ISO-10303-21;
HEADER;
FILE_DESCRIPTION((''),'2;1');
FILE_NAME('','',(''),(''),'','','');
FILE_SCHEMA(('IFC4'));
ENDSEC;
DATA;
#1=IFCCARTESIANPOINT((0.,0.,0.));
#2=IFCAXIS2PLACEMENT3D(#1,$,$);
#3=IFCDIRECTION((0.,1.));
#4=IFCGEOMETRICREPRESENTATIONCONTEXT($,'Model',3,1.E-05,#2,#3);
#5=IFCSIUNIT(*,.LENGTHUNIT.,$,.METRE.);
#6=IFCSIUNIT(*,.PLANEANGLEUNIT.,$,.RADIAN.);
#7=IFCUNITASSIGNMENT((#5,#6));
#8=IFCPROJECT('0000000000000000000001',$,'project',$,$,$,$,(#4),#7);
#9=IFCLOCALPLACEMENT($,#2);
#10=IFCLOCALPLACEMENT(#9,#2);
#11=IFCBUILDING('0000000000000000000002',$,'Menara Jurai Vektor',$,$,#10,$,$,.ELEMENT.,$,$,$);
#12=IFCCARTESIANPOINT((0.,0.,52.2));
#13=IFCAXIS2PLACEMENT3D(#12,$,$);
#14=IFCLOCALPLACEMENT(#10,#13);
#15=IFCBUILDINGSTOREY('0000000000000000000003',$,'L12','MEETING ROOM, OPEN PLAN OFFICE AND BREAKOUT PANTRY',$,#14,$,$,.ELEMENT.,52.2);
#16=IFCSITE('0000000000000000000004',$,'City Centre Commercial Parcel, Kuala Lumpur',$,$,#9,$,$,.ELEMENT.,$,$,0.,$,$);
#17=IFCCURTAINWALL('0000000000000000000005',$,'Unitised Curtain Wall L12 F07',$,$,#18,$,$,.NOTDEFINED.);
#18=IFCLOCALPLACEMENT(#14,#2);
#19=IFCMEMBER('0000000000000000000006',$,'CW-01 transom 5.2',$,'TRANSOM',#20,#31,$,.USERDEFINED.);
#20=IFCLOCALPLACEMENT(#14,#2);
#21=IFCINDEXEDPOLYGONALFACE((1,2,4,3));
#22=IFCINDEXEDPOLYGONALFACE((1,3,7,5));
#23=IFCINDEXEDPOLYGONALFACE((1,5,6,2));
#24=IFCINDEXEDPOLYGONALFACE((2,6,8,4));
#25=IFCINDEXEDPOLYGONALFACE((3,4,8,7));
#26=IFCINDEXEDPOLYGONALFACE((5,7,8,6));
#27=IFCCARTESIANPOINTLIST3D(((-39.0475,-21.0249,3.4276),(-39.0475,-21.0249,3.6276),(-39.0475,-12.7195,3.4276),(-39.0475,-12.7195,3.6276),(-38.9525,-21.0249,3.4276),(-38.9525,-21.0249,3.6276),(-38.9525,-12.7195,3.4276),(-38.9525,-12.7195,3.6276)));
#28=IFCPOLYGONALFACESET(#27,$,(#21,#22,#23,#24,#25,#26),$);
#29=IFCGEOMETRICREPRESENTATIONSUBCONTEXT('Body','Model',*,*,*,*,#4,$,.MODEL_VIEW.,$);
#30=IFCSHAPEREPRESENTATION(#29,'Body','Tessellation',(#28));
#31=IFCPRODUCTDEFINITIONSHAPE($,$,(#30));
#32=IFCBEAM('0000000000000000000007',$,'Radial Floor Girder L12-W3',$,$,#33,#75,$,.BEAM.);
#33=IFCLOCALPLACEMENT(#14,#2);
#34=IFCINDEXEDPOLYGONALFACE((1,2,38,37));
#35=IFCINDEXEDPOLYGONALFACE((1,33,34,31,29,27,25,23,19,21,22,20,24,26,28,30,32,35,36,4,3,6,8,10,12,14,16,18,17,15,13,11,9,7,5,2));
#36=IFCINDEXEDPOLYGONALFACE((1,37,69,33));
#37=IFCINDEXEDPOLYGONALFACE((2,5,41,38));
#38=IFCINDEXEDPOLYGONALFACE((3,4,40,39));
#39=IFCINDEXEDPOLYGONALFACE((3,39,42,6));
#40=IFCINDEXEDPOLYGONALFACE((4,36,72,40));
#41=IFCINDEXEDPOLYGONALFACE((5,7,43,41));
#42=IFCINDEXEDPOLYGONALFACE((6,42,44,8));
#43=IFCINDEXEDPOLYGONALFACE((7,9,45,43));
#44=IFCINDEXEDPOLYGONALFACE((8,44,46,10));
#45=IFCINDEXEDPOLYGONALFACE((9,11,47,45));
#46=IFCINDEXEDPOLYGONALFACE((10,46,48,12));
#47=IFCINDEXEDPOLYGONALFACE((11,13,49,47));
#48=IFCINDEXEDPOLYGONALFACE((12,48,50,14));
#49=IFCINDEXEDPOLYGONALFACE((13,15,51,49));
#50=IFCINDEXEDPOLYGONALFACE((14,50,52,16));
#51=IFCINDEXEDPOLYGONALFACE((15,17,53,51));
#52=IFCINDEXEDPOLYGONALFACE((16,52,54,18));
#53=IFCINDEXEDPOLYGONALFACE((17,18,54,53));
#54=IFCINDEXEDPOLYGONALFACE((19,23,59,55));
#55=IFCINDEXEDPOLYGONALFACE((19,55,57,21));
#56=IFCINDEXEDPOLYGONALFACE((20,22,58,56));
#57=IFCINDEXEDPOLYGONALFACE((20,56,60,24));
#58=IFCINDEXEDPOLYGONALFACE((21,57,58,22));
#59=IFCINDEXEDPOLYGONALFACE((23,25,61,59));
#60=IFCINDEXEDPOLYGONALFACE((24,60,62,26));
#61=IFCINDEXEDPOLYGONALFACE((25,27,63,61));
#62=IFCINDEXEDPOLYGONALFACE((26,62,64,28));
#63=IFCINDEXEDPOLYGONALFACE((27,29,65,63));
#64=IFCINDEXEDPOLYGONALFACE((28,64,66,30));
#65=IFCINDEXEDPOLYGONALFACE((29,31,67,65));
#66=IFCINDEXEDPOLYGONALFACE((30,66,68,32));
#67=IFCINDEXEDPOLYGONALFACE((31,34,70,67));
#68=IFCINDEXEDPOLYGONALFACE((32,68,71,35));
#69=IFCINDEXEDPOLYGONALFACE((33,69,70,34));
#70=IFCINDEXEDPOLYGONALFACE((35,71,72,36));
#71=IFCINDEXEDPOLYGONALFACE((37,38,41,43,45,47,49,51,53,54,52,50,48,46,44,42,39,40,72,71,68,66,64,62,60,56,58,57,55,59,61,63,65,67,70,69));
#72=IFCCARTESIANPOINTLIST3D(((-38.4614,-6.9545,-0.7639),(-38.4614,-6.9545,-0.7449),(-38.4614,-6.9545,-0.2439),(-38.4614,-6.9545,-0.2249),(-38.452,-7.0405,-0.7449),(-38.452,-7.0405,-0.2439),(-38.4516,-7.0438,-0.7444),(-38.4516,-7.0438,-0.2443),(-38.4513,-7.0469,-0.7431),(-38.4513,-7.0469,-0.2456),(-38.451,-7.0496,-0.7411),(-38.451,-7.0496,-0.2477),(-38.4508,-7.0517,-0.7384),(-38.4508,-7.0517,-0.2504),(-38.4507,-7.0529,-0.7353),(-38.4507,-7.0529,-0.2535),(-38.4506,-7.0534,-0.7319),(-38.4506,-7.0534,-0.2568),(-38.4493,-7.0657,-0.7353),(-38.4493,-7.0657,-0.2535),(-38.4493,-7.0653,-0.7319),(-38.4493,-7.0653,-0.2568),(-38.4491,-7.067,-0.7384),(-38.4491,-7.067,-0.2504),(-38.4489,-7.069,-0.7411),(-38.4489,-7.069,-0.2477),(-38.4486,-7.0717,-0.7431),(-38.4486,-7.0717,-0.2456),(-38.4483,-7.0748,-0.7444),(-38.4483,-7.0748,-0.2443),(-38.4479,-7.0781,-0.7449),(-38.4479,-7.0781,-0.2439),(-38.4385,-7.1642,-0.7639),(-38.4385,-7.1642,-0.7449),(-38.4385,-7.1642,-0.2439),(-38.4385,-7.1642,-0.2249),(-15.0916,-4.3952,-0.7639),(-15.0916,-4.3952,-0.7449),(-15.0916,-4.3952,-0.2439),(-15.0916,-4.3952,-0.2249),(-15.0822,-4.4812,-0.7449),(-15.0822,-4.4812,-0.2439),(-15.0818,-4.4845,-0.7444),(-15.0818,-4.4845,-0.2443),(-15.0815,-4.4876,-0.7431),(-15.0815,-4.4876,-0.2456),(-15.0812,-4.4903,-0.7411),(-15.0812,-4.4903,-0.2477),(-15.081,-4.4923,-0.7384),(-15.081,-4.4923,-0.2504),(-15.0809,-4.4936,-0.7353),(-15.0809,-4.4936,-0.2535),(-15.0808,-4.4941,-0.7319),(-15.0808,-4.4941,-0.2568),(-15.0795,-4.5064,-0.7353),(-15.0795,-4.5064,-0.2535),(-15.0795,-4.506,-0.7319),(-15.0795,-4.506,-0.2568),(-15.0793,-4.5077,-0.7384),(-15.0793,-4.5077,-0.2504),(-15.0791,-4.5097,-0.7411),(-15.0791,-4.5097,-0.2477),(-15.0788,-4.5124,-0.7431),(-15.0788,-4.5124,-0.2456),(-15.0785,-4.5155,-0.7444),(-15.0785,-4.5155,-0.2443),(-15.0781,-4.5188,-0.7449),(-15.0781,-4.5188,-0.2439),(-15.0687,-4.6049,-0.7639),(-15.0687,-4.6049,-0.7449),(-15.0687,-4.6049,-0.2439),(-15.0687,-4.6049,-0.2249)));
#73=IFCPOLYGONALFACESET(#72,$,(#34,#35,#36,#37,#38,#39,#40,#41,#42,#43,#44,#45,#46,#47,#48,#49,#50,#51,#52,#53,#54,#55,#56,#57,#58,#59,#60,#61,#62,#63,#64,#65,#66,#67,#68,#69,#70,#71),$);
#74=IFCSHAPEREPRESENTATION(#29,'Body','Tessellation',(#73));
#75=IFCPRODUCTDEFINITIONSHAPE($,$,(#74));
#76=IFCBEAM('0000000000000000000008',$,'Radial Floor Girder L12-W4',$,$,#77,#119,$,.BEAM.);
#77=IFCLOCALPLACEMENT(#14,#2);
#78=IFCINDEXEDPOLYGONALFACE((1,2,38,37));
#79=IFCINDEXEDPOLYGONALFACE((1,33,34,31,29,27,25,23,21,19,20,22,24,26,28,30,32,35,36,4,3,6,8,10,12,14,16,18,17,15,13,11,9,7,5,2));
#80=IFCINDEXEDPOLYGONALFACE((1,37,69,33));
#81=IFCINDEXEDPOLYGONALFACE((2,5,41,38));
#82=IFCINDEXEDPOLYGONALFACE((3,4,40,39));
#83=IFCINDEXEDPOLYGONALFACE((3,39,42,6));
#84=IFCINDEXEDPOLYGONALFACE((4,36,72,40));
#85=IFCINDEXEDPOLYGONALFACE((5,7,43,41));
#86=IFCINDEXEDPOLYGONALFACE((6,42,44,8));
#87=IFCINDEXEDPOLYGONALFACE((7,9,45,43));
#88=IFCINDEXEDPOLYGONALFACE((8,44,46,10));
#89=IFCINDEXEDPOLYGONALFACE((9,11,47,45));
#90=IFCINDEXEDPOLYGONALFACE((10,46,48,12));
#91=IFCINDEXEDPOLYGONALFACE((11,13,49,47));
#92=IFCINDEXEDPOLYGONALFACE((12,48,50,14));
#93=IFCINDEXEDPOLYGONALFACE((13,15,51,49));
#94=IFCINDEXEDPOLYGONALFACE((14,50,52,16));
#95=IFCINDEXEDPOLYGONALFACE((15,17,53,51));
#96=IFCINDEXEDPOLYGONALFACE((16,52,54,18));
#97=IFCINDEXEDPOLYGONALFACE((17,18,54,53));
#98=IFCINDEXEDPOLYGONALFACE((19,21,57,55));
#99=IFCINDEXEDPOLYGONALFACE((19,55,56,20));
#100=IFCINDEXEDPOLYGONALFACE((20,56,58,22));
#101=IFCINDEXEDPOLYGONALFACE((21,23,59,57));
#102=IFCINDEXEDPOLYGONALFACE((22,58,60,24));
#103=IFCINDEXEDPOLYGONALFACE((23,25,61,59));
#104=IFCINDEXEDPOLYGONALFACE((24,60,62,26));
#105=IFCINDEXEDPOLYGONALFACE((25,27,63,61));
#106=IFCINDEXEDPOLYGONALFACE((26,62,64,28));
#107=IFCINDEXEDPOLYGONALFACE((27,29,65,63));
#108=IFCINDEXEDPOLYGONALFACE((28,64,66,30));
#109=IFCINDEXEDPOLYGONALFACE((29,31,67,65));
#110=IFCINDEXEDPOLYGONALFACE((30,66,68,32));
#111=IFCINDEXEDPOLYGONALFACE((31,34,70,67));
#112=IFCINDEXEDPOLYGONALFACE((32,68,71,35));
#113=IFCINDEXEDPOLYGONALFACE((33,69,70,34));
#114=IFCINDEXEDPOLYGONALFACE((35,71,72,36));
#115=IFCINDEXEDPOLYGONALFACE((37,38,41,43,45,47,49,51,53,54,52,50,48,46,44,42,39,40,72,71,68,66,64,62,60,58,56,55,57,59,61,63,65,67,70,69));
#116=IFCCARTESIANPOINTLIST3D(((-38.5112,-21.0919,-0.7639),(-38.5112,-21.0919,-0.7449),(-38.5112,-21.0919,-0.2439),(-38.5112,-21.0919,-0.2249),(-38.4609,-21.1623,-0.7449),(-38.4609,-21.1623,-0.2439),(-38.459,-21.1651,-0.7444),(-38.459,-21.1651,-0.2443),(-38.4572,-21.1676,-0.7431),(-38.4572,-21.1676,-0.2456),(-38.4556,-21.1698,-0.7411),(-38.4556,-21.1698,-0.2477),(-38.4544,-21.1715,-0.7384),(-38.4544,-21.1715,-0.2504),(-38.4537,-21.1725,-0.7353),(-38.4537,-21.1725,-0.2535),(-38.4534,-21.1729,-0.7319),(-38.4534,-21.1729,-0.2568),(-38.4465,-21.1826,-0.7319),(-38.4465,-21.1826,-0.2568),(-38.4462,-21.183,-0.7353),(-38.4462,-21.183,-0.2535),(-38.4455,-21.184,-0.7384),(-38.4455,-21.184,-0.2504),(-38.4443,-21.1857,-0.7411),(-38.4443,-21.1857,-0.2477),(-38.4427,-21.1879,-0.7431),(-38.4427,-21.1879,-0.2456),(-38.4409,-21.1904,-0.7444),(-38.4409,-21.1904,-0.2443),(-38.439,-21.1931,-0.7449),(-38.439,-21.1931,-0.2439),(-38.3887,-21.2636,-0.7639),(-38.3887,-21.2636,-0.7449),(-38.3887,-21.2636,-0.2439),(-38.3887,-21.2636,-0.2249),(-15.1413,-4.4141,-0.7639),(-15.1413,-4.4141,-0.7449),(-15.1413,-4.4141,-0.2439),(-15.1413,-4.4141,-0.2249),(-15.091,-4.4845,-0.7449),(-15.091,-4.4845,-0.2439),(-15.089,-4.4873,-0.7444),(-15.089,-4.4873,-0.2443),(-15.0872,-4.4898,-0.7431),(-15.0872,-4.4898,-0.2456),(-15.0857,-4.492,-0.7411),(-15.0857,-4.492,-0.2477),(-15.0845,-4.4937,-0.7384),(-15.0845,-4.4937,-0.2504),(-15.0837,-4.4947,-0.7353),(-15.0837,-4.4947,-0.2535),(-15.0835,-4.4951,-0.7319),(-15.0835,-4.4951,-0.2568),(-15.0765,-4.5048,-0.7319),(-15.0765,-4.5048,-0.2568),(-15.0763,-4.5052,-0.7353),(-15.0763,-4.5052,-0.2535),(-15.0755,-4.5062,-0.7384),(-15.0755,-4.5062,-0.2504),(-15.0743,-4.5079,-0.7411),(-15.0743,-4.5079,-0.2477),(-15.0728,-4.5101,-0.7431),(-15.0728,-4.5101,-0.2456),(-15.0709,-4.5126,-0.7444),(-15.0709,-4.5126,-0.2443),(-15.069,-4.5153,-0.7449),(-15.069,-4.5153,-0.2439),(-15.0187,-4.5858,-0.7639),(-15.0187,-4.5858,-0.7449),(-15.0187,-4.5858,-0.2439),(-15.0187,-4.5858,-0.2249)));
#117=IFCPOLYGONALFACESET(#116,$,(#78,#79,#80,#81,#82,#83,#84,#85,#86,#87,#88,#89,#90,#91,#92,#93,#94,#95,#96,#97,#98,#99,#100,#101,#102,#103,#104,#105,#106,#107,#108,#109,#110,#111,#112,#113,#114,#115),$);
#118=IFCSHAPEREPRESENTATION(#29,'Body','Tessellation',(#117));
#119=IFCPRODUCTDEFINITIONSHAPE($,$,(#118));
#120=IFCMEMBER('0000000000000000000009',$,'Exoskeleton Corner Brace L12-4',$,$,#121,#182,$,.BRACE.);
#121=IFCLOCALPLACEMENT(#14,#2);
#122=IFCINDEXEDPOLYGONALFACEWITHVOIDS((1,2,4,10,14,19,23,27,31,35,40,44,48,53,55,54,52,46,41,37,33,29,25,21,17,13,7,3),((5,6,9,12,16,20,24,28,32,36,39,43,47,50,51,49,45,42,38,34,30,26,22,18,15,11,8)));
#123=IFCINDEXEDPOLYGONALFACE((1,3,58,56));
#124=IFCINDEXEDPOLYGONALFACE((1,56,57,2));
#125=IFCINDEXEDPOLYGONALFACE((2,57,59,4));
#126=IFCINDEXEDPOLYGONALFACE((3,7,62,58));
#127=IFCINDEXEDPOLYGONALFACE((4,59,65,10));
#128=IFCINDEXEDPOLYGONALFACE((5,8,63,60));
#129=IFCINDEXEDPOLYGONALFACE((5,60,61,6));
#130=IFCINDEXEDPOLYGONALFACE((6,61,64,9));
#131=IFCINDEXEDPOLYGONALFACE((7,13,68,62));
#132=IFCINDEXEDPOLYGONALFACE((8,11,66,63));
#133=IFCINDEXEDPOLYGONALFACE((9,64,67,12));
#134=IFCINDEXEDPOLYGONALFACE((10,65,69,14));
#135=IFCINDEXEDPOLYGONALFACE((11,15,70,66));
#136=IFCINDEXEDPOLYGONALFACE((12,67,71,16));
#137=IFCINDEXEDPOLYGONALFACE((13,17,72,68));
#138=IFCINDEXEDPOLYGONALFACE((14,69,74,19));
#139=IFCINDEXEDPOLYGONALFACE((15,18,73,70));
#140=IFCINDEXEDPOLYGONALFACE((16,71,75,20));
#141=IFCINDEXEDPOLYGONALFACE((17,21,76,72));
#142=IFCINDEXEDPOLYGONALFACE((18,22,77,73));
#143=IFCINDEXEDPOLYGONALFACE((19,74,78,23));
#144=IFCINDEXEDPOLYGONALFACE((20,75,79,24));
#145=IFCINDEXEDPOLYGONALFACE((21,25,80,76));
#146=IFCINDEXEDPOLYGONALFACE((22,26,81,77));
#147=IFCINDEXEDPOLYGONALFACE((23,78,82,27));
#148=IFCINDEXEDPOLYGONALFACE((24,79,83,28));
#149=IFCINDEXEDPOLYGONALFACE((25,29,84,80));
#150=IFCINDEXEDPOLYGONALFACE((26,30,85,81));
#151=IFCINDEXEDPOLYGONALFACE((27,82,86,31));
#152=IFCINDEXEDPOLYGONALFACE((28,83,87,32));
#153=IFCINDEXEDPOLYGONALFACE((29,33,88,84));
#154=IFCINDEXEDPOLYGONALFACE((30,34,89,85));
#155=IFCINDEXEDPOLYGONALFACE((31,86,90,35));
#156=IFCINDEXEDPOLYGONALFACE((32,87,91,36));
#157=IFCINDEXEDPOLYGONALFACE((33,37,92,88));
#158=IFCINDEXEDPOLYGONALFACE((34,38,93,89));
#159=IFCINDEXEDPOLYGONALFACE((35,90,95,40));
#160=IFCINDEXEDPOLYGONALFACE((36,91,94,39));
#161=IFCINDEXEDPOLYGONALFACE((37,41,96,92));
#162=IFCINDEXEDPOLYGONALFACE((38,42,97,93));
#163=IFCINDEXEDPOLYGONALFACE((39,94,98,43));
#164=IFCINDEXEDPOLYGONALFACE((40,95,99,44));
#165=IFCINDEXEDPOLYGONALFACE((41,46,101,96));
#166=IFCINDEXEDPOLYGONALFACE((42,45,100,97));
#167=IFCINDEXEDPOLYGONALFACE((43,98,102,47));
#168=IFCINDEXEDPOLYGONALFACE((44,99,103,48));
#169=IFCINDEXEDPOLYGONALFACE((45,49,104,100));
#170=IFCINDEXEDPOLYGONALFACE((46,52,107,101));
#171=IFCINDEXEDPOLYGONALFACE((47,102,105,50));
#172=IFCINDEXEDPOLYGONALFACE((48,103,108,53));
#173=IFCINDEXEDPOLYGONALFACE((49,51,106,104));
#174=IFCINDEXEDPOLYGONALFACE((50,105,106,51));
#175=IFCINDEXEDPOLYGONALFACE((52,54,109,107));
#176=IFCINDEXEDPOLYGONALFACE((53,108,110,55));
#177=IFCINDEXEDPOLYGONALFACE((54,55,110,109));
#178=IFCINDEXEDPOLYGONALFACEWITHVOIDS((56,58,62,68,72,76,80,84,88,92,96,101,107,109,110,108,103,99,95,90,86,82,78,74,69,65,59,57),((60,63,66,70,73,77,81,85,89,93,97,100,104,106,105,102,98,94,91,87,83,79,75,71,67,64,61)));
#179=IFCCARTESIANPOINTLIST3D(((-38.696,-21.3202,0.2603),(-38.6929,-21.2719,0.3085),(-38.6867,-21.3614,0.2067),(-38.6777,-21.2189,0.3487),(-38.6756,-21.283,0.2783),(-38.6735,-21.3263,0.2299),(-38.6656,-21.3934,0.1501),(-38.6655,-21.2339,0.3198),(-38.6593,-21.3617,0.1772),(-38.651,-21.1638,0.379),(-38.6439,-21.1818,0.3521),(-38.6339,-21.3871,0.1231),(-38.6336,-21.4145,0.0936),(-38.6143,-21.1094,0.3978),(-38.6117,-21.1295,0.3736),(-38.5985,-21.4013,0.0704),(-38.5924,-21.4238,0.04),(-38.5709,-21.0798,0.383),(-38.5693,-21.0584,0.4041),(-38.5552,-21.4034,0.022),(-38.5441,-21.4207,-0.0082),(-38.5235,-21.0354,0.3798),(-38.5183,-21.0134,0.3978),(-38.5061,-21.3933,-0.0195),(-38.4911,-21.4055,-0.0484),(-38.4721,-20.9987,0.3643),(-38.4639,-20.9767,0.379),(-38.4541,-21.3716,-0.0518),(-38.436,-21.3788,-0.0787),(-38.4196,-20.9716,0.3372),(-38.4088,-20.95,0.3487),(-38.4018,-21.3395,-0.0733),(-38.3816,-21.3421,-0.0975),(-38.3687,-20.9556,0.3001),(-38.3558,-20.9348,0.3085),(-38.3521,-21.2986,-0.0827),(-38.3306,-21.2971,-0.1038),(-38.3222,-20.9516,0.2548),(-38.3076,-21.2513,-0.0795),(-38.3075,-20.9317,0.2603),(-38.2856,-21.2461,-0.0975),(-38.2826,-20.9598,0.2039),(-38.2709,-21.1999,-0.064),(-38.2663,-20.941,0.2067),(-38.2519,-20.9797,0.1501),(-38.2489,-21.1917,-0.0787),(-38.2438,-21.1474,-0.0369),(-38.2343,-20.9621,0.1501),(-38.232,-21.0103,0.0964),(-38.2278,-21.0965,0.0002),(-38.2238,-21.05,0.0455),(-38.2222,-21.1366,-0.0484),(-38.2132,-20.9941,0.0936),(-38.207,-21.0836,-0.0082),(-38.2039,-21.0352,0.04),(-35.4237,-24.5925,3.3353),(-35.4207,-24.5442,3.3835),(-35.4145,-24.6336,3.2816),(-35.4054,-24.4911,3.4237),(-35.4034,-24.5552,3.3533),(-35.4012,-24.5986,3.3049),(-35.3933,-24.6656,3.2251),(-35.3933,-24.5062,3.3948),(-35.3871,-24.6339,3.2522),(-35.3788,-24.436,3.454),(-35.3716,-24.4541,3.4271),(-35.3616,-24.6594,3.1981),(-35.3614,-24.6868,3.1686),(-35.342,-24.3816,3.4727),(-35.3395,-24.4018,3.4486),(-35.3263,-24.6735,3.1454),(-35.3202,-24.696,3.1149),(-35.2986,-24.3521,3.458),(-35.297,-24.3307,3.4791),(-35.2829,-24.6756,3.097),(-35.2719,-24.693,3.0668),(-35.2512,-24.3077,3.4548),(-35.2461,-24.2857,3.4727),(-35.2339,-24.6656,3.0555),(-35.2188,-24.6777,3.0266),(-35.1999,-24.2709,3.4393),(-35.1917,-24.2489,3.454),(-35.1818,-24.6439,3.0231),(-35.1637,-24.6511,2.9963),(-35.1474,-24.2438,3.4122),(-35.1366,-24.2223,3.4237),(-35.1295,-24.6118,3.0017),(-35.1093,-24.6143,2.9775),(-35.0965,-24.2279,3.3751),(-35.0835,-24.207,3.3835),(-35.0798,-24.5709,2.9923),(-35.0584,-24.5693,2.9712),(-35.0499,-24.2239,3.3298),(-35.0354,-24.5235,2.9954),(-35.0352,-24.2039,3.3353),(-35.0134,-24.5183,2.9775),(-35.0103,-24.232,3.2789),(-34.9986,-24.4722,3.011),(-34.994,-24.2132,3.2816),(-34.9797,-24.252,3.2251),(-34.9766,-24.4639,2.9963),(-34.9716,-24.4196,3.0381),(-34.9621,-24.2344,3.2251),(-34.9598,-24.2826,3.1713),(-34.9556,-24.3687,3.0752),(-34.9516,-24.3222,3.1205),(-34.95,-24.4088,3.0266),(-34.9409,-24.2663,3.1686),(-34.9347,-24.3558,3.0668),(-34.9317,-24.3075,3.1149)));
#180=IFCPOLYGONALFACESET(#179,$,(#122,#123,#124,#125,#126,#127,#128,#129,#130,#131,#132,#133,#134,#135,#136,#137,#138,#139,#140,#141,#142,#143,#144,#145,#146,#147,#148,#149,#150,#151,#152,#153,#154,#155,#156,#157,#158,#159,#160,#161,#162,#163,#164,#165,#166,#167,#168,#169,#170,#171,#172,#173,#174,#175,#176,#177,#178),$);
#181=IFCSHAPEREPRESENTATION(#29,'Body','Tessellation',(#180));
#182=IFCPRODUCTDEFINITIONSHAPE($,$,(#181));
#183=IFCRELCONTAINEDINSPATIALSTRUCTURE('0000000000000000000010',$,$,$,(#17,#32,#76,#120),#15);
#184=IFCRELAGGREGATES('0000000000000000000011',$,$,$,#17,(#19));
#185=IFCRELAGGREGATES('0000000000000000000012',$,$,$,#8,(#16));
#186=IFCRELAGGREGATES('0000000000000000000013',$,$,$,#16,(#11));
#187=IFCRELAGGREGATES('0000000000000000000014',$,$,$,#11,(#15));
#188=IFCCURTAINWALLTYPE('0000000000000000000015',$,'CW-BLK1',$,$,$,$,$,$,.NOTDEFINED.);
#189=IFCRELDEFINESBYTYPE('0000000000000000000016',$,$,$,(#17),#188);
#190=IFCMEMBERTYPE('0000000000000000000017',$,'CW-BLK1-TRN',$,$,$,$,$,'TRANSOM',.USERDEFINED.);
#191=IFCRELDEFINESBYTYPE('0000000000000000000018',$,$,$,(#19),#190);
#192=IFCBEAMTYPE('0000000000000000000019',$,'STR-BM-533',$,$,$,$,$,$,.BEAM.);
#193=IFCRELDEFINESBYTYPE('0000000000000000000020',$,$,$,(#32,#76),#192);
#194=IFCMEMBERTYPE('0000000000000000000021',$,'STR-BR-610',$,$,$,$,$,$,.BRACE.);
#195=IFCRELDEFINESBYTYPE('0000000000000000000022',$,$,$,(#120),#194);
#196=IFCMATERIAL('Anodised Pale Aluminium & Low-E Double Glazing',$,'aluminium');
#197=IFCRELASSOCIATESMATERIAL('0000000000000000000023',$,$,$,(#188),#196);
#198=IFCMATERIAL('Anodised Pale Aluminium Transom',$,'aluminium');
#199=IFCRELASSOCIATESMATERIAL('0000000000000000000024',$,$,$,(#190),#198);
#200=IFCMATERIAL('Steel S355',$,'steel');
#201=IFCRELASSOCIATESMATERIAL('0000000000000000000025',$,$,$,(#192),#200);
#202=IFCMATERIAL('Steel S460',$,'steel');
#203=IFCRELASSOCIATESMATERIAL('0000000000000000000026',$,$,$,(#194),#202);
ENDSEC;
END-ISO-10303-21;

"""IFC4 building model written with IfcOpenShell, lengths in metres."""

from ifc_helpers import new_model, si_unit, direction, frame, origin, origin_2d, place, context, subcontext, project, spatial, rectangle, hollow_circle, i_section, extrude, material, material_profile, profile_set, type_object, element, aggregate, save


model = new_model("IFC4")

# Units and contexts
model_context = context("Model", 3, precision=1e-05, world=origin(), true_north=direction((0.0, 1.0)))
body_context = subcontext(model_context, "Body", "Model", "MODEL_VIEW")
ifc_project = project(units=[si_unit("LENGTHUNIT", "METRE"), si_unit("PLANEANGLEUNIT", "RADIAN")], contexts=[model_context])

# Site, building, storey
site_placement = place(None, origin())
site = spatial("IfcSite", under=ifc_project, at=site_placement, Name="City Centre Commercial Parcel, Kuala Lumpur", CompositionType="ELEMENT", RefElevation=0.0)
building_placement = place(site_placement, origin())
building = spatial("IfcBuilding", under=site, at=building_placement, Name="Menara Jurai Vektor", CompositionType="ELEMENT")
storey_placement = place(building_placement, frame((0.0, 0.0, 52.2)))
storey = spatial("IfcBuildingStorey", under=building, at=storey_placement, Name="L12", Description="MEETING ROOM, OPEN PLAN OFFICE AND BREAKOUT PANTRY", CompositionType="ELEMENT", Elevation=52.2)

# Shared definitions
ifc_material_1 = material(Name="Steel S460", Category="steel")

# Curtain wall
ifc_material_2 = material(Name="Anodised Pale Aluminium & Low-E Double Glazing", Category="aluminium")
curtain_wall_type = type_object("IfcCurtainWallType", Name="CW-BLK1", PredefinedType="NOTDEFINED", material=ifc_material_2)
curtain_wall_1_placement = place(storey_placement, origin())
curtain_wall_1 = element("IfcCurtainWall", 1, at=curtain_wall_1_placement, inside=storey, type_object=curtain_wall_type, Name="Unitised Curtain Wall L12 F07", PredefinedType="NOTDEFINED")

# Member
ifc_material_3 = material(Name="Anodised Pale Aluminium Transom", Category="aluminium")
ifc_material_profile_1 = material_profile(ifc_material_3, rectangle(XDim=0.095, YDim=0.2, at=origin_2d()), Name="ALU TRN 95x200")
ifc_profile_set_1 = profile_set([ifc_material_profile_1], Name="Anodised Pale Aluminium Transom")
member_type_1 = type_object("IfcMemberType", Name="CW-BLK1-TRN", ElementType="TRANSOM", PredefinedType="USERDEFINED", material=ifc_profile_set_1)
member_1_placement = place(storey_placement, frame((-39.0, -12.7195, 3.5276), z_axis=(0.0, -1.0, 0.0), x_axis=(1.0, 0.0, 0.0)))
member_1 = element("IfcMember", 2, at=member_1_placement, type_object=member_type_1, Name="CW-01 transom 5.2", ObjectType="TRANSOM", PredefinedType="USERDEFINED", context=body_context, shape_type="SweptSolid", body=[
    extrude(rectangle(XDim=0.095, YDim=0.2, at=origin_2d()), origin(), (0.0, 0.0, 1.0), 8.3054),
])

# Beams
ifc_material_4 = material(Name="Steel S355", Category="steel")
ifc_material_profile_2 = material_profile(ifc_material_4, i_section(OverallWidth=0.2109, OverallDepth=0.5391, WebThickness=0.012, FlangeThickness=0.019, FilletRadius=0.0129, at=origin_2d()), Name="UKB 533x210x109")
ifc_profile_set_2 = profile_set([ifc_material_profile_2], Name="Steel S355")
beam_type_1 = type_object("IfcBeamType", Name="STR-BM-533", PredefinedType="BEAM", material=ifc_profile_set_2)
beam_1_placement = place(storey_placement, frame((-38.45, -7.0593, -0.4944), z_axis=(0.994057, 0.108863, 0.0), x_axis=(-0.108863, 0.994057, 0.0)))
element("IfcBeam", 3, at=beam_1_placement, inside=storey, type_object=beam_type_1, Name="Radial Floor Girder L12-W3", PredefinedType="BEAM", context=body_context, shape_type="SweptSolid", body=[
    extrude(i_section(OverallWidth=0.2109, OverallDepth=0.5391, WebThickness=0.012, FlangeThickness=0.019, FilletRadius=0.0129, at=origin_2d()), origin(), (0.0, 0.0, 1.0), 23.5095),
])
beam_2_placement = place(storey_placement, frame((-38.45, -21.1777, -0.4944), z_axis=(0.813981, 0.580891, 0.0), x_axis=(-0.580891, 0.813981, 0.0)))
element("IfcBeam", 4, at=beam_2_placement, inside=storey, type_object=beam_type_1, Name="Radial Floor Girder L12-W4", PredefinedType="BEAM", context=body_context, shape_type="SweptSolid", body=[
    extrude(i_section(OverallWidth=0.2109, OverallDepth=0.5391, WebThickness=0.012, FlangeThickness=0.019, FilletRadius=0.0129, at=origin_2d()), origin(), (0.0, 0.0, 1.0), 28.7107),
])

# Member
ifc_material_profile_3 = material_profile(ifc_material_1, hollow_circle(Radius=0.3049, WallThickness=0.0249, at=origin_2d()), Name="CHS 610x25")
ifc_profile_set_3 = profile_set([ifc_material_profile_3], Name="Steel S460")
member_type_2 = type_object("IfcMemberType", Name="STR-BR-610", PredefinedType="BRACE", material=ifc_profile_set_3)
member_2_placement = place(storey_placement, frame((-38.45, -21.1777, 0.1501), z_axis=(0.588942, -0.588942, 0.553438), x_axis=(0.707107, 0.707107, 0.0)))
element("IfcMember", 5, at=member_2_placement, inside=storey, type_object=member_type_2, Name="Exoskeleton Corner Brace L12-4", PredefinedType="BRACE", context=body_context, shape_type="SweptSolid", body=[
    extrude(hollow_circle(Radius=0.3049, WallThickness=0.0249, at=origin_2d()), origin(), (0.0, 0.0, 1.0), 5.5562),
])

aggregate(curtain_wall_1, [member_1])

save(model, "model.ifc")
